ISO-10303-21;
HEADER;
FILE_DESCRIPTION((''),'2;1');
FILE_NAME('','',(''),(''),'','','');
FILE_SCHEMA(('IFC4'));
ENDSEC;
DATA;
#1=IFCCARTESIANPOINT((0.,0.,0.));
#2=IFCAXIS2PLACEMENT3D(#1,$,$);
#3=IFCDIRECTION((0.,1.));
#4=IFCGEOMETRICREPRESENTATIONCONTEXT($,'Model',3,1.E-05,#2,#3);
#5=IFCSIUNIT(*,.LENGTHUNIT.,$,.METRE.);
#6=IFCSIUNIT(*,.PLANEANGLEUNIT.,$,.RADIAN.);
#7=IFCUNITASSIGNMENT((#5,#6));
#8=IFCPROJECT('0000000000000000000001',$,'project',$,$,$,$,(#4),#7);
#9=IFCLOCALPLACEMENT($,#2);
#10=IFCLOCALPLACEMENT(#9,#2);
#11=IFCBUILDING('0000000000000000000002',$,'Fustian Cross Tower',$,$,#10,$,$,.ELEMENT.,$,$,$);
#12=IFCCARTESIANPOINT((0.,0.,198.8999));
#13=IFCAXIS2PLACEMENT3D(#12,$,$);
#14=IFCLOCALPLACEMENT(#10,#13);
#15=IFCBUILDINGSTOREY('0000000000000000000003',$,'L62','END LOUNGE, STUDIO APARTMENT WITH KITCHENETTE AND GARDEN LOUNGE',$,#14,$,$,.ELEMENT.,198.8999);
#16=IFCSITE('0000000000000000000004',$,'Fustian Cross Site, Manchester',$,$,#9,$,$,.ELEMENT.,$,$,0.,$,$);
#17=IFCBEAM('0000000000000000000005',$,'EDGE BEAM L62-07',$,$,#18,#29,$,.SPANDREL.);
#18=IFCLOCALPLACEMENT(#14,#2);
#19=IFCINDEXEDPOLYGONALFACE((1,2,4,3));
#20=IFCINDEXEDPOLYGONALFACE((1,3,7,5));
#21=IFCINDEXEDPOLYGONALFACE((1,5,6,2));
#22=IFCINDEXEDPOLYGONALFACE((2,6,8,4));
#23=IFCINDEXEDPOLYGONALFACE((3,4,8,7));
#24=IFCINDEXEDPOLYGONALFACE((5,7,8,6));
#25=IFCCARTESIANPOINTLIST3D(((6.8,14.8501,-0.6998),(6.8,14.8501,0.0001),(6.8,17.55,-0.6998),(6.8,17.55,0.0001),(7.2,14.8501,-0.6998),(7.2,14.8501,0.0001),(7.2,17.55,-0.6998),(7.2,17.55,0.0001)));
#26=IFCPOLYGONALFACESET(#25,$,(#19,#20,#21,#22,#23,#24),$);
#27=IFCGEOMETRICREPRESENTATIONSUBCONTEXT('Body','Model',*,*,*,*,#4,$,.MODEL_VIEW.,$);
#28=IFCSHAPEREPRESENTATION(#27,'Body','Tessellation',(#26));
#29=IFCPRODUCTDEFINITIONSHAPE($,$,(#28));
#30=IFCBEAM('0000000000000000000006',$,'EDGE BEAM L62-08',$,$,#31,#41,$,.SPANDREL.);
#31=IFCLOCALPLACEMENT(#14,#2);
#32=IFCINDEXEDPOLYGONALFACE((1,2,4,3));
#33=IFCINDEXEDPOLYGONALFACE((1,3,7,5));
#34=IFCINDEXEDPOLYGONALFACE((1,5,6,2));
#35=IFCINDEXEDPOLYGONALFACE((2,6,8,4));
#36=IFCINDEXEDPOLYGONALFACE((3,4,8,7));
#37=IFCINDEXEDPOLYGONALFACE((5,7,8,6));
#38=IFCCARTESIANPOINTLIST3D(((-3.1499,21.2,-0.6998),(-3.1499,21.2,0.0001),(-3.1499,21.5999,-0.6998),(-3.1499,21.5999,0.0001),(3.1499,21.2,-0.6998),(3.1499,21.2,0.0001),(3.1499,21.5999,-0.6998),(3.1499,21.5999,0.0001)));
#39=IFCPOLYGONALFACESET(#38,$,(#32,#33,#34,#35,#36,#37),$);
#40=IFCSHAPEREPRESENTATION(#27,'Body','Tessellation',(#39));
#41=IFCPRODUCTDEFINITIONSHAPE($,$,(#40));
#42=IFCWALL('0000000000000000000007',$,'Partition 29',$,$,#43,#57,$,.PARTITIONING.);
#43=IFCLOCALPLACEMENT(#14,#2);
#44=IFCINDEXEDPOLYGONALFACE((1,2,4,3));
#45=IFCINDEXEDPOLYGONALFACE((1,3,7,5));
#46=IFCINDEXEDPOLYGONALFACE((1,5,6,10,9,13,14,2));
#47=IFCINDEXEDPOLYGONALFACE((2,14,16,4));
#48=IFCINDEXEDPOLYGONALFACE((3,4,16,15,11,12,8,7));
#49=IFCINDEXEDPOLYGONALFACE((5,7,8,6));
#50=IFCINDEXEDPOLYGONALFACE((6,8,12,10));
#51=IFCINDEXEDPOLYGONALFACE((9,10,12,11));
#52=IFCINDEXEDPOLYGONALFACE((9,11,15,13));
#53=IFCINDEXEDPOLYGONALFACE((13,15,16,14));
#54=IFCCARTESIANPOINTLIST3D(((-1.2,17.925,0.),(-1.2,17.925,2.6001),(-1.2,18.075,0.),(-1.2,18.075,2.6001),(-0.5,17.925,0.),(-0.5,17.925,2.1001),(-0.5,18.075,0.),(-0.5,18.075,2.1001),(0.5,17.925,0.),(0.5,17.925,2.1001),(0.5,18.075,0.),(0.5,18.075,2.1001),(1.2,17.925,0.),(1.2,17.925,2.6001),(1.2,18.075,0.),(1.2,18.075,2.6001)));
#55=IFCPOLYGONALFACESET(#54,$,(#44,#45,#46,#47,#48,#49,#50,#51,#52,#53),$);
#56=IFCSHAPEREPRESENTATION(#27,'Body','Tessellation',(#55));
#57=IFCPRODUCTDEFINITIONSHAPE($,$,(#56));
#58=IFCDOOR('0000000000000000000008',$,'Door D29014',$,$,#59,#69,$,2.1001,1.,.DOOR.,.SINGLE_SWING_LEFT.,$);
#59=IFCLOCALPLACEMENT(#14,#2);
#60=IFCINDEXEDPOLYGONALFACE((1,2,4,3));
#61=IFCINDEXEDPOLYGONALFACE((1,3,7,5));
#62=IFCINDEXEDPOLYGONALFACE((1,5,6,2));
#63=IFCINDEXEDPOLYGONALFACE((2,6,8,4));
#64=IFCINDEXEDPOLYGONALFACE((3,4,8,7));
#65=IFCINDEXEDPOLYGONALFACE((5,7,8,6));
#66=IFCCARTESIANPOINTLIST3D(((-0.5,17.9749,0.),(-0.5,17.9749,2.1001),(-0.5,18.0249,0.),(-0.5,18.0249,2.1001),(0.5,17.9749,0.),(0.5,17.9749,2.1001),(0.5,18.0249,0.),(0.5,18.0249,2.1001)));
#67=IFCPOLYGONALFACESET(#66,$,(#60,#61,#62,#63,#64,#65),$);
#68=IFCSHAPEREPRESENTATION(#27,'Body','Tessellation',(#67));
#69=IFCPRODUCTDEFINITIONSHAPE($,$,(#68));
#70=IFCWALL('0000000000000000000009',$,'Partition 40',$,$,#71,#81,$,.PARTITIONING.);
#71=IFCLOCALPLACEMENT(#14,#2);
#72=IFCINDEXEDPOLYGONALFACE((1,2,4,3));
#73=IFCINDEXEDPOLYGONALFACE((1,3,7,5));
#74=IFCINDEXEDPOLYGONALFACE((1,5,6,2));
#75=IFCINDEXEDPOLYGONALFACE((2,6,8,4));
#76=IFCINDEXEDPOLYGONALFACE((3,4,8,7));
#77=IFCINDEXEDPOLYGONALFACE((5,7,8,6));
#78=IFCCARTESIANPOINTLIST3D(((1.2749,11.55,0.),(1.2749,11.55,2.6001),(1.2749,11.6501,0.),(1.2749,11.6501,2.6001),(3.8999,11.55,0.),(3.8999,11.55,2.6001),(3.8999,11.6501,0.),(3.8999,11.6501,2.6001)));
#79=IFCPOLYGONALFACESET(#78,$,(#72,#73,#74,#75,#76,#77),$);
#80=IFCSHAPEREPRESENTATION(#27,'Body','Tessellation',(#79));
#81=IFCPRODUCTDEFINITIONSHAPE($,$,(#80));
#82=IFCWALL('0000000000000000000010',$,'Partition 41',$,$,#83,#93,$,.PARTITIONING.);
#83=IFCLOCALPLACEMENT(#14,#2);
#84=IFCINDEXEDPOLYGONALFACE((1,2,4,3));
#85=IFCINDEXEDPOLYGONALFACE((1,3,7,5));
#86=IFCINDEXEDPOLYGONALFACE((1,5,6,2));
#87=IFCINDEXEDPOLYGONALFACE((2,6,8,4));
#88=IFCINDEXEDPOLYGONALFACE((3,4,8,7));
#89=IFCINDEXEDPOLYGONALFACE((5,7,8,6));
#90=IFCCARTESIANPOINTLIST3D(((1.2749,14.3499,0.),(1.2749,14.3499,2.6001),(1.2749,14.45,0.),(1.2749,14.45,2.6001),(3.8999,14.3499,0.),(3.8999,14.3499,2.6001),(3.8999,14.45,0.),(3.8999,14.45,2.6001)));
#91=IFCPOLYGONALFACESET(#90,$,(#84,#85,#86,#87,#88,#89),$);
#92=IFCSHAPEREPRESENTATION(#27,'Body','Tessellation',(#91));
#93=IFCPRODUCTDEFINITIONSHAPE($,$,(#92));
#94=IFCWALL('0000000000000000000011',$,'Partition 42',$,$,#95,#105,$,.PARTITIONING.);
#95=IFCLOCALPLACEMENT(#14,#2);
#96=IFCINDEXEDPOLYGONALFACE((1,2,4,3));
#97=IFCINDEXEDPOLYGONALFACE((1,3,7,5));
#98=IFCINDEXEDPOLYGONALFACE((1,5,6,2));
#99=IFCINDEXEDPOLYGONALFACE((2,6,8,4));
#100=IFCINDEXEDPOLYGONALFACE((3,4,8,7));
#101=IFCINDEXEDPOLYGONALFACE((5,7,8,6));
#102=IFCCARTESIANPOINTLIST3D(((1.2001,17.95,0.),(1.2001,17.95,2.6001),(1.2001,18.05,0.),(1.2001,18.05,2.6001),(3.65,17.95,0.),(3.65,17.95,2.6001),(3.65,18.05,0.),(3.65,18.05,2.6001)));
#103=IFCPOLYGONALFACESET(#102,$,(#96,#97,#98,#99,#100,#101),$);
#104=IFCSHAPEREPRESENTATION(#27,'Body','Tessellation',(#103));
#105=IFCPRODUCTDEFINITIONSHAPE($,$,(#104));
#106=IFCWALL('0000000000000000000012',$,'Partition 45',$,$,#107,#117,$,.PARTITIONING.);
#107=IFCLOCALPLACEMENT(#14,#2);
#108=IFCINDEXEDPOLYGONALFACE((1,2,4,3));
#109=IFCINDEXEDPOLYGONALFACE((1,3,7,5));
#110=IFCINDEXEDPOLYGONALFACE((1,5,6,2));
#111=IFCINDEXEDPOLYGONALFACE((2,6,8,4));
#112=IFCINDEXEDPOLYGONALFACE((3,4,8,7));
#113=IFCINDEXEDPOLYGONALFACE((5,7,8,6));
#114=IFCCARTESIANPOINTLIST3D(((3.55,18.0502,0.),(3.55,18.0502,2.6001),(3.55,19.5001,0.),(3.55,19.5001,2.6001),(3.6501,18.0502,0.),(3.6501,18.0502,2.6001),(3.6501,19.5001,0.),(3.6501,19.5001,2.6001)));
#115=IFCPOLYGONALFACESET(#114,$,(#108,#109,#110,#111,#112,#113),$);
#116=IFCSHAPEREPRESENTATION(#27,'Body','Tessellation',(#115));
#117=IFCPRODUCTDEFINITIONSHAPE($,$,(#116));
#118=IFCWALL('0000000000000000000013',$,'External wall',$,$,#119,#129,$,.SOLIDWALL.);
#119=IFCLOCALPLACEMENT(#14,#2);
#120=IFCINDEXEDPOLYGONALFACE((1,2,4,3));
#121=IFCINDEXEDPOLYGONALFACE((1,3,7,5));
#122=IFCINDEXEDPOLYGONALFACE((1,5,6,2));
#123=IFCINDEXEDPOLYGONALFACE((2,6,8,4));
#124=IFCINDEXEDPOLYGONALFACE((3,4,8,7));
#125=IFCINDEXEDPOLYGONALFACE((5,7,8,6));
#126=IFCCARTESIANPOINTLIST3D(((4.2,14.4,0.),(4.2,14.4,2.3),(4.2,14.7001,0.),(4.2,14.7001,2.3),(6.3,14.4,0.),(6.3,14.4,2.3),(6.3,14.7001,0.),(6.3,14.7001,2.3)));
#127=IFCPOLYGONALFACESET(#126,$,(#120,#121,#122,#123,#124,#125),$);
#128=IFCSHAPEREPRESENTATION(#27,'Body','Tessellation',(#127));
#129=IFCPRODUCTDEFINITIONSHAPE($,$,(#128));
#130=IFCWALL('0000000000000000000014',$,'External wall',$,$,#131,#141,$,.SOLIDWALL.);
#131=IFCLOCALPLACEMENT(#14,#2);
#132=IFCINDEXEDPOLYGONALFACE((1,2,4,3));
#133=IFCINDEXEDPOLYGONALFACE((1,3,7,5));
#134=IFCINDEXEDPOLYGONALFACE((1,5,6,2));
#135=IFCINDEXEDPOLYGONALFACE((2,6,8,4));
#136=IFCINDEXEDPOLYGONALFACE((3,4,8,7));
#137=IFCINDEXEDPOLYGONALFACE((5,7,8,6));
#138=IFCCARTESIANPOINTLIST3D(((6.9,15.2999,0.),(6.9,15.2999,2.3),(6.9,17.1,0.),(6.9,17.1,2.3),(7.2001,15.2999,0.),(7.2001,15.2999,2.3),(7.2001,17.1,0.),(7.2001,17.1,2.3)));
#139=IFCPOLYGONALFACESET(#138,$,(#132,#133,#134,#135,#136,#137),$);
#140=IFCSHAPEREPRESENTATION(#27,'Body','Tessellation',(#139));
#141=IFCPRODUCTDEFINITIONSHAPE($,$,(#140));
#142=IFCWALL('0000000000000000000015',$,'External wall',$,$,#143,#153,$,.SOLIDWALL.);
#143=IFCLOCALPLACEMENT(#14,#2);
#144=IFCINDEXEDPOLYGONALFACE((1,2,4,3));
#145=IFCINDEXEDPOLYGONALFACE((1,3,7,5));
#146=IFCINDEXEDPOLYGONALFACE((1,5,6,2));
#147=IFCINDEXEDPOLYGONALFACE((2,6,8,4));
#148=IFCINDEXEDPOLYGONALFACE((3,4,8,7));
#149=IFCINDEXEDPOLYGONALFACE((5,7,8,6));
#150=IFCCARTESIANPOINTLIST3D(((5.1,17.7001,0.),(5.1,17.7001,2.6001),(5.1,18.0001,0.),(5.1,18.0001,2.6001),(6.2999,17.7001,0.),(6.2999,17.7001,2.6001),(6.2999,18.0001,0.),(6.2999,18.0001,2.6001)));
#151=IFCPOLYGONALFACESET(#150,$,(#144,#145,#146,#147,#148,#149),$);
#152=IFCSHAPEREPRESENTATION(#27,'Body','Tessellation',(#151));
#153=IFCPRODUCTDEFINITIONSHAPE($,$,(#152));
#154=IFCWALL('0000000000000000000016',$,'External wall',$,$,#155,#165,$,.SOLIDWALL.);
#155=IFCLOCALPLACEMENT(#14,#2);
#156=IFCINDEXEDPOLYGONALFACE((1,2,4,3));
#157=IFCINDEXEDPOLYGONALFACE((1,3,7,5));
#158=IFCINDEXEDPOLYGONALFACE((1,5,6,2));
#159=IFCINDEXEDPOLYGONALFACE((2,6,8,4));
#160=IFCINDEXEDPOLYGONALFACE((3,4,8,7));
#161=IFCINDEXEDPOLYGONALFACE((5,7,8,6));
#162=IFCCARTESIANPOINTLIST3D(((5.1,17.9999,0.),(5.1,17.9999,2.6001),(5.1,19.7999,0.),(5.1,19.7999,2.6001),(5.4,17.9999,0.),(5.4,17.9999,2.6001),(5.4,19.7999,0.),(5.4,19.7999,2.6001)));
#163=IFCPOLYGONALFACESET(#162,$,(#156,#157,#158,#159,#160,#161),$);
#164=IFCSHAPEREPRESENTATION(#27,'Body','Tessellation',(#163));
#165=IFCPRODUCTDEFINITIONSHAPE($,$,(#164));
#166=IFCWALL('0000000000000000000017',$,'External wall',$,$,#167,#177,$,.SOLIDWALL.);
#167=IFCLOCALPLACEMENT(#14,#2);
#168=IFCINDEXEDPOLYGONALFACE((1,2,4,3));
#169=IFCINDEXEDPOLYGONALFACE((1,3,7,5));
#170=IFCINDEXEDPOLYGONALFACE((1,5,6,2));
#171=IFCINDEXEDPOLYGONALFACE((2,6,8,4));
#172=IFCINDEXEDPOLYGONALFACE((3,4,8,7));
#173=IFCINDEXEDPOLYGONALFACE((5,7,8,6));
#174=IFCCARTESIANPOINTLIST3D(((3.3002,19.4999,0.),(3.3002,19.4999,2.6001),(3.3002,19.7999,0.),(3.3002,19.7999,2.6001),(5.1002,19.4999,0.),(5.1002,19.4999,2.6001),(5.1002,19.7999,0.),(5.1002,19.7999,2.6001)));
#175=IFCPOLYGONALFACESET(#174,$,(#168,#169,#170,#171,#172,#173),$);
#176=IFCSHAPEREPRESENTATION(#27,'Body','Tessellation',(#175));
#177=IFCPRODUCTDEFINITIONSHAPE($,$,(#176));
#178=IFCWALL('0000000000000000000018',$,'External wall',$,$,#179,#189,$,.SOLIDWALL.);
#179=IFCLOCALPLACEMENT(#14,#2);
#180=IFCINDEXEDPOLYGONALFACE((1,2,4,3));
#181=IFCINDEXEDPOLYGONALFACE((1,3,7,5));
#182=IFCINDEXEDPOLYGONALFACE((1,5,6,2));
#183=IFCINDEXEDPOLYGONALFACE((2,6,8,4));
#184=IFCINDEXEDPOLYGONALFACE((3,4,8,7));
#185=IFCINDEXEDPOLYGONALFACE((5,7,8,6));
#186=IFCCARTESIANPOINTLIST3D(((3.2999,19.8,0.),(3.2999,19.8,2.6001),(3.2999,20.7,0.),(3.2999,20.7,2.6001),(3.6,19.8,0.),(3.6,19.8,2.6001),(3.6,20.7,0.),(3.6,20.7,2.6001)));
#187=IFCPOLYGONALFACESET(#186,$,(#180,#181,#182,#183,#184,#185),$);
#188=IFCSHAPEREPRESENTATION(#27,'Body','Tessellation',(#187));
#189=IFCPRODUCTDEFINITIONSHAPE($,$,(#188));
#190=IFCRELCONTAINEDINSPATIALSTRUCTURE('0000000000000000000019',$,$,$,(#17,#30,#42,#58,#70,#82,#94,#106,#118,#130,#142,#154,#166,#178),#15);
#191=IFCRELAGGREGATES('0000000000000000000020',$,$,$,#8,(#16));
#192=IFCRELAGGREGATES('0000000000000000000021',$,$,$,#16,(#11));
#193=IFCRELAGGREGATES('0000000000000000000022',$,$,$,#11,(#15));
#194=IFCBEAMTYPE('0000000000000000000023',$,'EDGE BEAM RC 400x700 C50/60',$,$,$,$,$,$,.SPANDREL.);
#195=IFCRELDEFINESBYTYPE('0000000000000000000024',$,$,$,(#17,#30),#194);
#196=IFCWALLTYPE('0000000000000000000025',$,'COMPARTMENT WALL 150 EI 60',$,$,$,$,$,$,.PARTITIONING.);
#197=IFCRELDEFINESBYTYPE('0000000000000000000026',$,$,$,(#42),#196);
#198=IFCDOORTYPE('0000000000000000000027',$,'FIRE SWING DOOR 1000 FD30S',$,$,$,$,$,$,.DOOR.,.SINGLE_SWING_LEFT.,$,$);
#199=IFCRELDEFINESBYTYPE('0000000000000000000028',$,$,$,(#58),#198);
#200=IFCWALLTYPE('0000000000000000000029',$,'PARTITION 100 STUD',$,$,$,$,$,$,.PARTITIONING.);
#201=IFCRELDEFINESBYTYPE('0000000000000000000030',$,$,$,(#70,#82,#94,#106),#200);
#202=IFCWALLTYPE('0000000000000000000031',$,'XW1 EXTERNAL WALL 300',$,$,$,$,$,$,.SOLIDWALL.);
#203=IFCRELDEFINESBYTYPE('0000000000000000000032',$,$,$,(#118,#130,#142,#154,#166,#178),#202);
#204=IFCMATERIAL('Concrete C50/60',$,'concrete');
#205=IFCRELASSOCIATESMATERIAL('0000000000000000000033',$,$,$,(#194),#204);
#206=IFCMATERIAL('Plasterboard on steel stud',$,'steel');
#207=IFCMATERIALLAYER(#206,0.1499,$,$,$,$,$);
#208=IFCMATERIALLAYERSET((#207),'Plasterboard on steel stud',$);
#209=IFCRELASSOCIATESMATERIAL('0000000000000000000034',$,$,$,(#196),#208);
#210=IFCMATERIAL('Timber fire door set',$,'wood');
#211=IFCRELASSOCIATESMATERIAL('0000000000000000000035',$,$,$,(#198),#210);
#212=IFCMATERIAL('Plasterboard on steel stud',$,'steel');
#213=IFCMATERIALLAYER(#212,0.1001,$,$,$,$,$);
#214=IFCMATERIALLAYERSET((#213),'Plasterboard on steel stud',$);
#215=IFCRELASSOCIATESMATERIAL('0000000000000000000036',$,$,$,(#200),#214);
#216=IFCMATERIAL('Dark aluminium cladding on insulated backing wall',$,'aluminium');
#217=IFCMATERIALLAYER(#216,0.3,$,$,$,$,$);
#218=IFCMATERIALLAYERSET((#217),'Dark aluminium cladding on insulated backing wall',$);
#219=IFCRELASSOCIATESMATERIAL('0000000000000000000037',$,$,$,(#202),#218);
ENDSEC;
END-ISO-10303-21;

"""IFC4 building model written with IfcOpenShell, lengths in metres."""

from ifc_helpers import new_model, si_unit, direction, frame, frame_2d, origin, origin_2d, place, context, subcontext, project, spatial, rectangle, extrude, material, layer, layer_set, material_profile, profile_set, type_object, element, fill, save


model = new_model("IFC4")

# Units and contexts
model_context = context("Model", 3, precision=1e-05, world=origin(), true_north=direction((0.0, 1.0)))
body_context = subcontext(model_context, "Body", "Model", "MODEL_VIEW")
ifc_project = project(units=[si_unit("LENGTHUNIT", "METRE"), si_unit("PLANEANGLEUNIT", "RADIAN")], contexts=[model_context])

# Site, building, storey
site_placement = place(None, origin())
site = spatial("IfcSite", under=ifc_project, at=site_placement, Name="Fustian Cross Site, Manchester", CompositionType="ELEMENT", RefElevation=0.0)
building_placement = place(site_placement, origin())
building = spatial("IfcBuilding", under=site, at=building_placement, Name="Fustian Cross Tower", CompositionType="ELEMENT")
storey_placement = place(building_placement, frame((0.0, 0.0, 198.8999)))
storey = spatial("IfcBuildingStorey", under=building, at=storey_placement, Name="L62", Description="END LOUNGE, STUDIO APARTMENT WITH KITCHENETTE AND GARDEN LOUNGE", CompositionType="ELEMENT", Elevation=198.8999)

# Beams
ifc_material_1 = material(Name="Concrete C50/60", Category="concrete")
ifc_material_profile_1 = material_profile(ifc_material_1, rectangle(XDim=0.3999, YDim=0.7, at=origin_2d()), Name="RC 400x700")
ifc_profile_set_1 = profile_set([ifc_material_profile_1], Name="Concrete C50/60")
beam_type = type_object("IfcBeamType", Name="EDGE BEAM RC 400x700 C50/60", PredefinedType="SPANDREL", material=ifc_profile_set_1)
beam_1_placement = place(storey_placement, frame((7.0, 14.8501, -0.3499), z_axis=(0.0, 1.0, 0.0), x_axis=(-1.0, 0.0, 0.0)))
element("IfcBeam", 1, at=beam_1_placement, inside=storey, type_object=beam_type, Name="EDGE BEAM L62-07", PredefinedType="SPANDREL", context=body_context, shape_type="SweptSolid", body=[
    extrude(rectangle(XDim=0.3999, YDim=0.7, at=origin_2d()), origin(), (0.0, 0.0, 1.0), 2.7),
])
beam_2_placement = place(storey_placement, frame((3.1499, 21.3999, -0.3499), z_axis=(-1.0, 0.0, 0.0), x_axis=(0.0, -1.0, 0.0)))
element("IfcBeam", 2, at=beam_2_placement, inside=storey, type_object=beam_type, Name="EDGE BEAM L62-08", PredefinedType="SPANDREL", context=body_context, shape_type="SweptSolid", body=[
    extrude(rectangle(XDim=0.3999, YDim=0.7, at=origin_2d()), origin(), (0.0, 0.0, 1.0), 6.2998),
])

# Wall, opening, door
ifc_material_2 = material(Name="Plasterboard on steel stud", Category="steel")
ifc_layer_1 = layer(ifc_material_2, 0.1499)
ifc_layer_set_1 = layer_set([ifc_layer_1], Name="Plasterboard on steel stud")
wall_type_1 = type_object("IfcWallType", Name="COMPARTMENT WALL 150 EI 60", PredefinedType="PARTITIONING", material=ifc_layer_set_1)
wall_1_placement = place(storey_placement, frame((-1.2, 18.0, 0.0), z_axis=(0.0, 0.0, 1.0), x_axis=(1.0, 0.0, 0.0)))
wall_1 = element("IfcWall", 3, at=wall_1_placement, inside=storey, type_object=wall_type_1, Name="Partition 29", PredefinedType="PARTITIONING", context=body_context, shape_type="SweptSolid", body=[
    extrude(rectangle(XDim=2.3999, YDim=0.1499, at=frame_2d((1.2, 0.0))), origin(), (0.0, 0.0, 1.0), 2.6001),
])
opening_1_placement = place(wall_1_placement, frame((0.7, 0.0, 0.0)))
opening_1 = element("IfcOpeningElement", 4, at=opening_1_placement, cuts=wall_1, PredefinedType="OPENING", context=body_context, shape_type="SweptSolid", body=[
    extrude(rectangle(XDim=1.0, YDim=2.1001, at=frame_2d((0.5, 1.05))), frame((0.0, 0.085, 0.0), z_axis=(0.0, -1.0, 0.0), x_axis=(1.0, 0.0, 0.0)), (0.0, 0.0, 1.0), 0.1699),
])
ifc_material_3 = material(Name="Timber fire door set", Category="wood")
door_type = type_object("IfcDoorType", Name="FIRE SWING DOOR 1000 FD30S", OperationType="SINGLE_SWING_LEFT", PredefinedType="DOOR", material=ifc_material_3)
door_placement = place(opening_1_placement, origin())
door = element("IfcDoor", 5, at=door_placement, inside=storey, type_object=door_type, Name="Door D29014", OperationType="SINGLE_SWING_LEFT", OverallHeight=2.1001, OverallWidth=1.0, PredefinedType="DOOR", context=body_context, shape_type="SweptSolid", body=[
    extrude(rectangle(XDim=1.0, YDim=2.1001, at=frame_2d((0.5, 1.05))), frame((0.0, 0.0249, 0.0), z_axis=(0.0, -1.0, 0.0), x_axis=(1.0, 0.0, 0.0)), (0.0, 0.0, 1.0), 0.05),
])
fill(opening_1, door)

# Walls
ifc_material_4 = material(Name="Plasterboard on steel stud", Category="steel")
ifc_layer_2 = layer(ifc_material_4, 0.1001)
ifc_layer_set_2 = layer_set([ifc_layer_2], Name="Plasterboard on steel stud")
wall_type_2 = type_object("IfcWallType", Name="PARTITION 100 STUD", PredefinedType="PARTITIONING", material=ifc_layer_set_2)
for number, where, z_axis, x_axis, name in (
    (6, (1.2749, 11.6001, 0.0), (0.0, 0.0, 1.0), (1.0, 0.0, 0.0), "Partition 40"),
    (7, (1.2749, 14.3999, 0.0), (0.0, 0.0, 1.0), (1.0, 0.0, 0.0), "Partition 41"),
):
    element("IfcWall", number, at=place(storey_placement, frame(where, z_axis=z_axis, x_axis=x_axis)), inside=storey, type_object=wall_type_2, Name=name, PredefinedType="PARTITIONING", context=body_context, shape_type="SweptSolid", body=[
        extrude(rectangle(XDim=2.625, YDim=0.1001, at=frame_2d((1.3125, 0.0))), origin(), (0.0, 0.0, 1.0), 2.6001),
    ])
wall_2_placement = place(storey_placement, frame((1.2, 18.0, 0.0), z_axis=(0.0, 0.0, 1.0), x_axis=(1.0, 0.0, 0.0)))
element("IfcWall", 8, at=wall_2_placement, inside=storey, type_object=wall_type_2, Name="Partition 42", PredefinedType="PARTITIONING", context=body_context, shape_type="SweptSolid", body=[
    extrude(rectangle(XDim=2.45, YDim=0.1001, at=frame_2d((1.2251, 0.0))), origin(), (0.0, 0.0, 1.0), 2.6001),
])
wall_3_placement = place(storey_placement, frame((3.6001, 18.05, 0.0), z_axis=(0.0, 0.0, 1.0), x_axis=(0.0, 1.0, 0.0)))
element("IfcWall", 9, at=wall_3_placement, inside=storey, type_object=wall_type_2, Name="Partition 45", PredefinedType="PARTITIONING", context=body_context, shape_type="SweptSolid", body=[
    extrude(rectangle(XDim=1.45, YDim=0.1001, at=frame_2d((0.7251, 0.0))), origin(), (0.0, 0.0, 1.0), 2.6001),
])
ifc_material_5 = material(Name="Dark aluminium cladding on insulated backing wall", Category="aluminium")
ifc_layer_3 = layer(ifc_material_5, 0.3)
ifc_layer_set_3 = layer_set([ifc_layer_3], Name="Dark aluminium cladding on insulated backing wall")
wall_type_3 = type_object("IfcWallType", Name="XW1 EXTERNAL WALL 300", PredefinedType="SOLIDWALL", material=ifc_layer_set_3)
wall_4_placement = place(storey_placement, frame((4.2, 14.55, 0.0), z_axis=(0.0, 0.0, 1.0), x_axis=(1.0, 0.0, 0.0)))
element("IfcWall", 10, at=wall_4_placement, inside=storey, type_object=wall_type_3, Name="External wall", PredefinedType="SOLIDWALL", context=body_context, shape_type="SweptSolid", body=[
    extrude(rectangle(XDim=2.1001, YDim=0.3, at=frame_2d((1.05, 0.0))), origin(), (0.0, 0.0, 1.0), 2.3),
])
wall_5_placement = place(storey_placement, frame((7.05, 15.3, 0.0), z_axis=(0.0, 0.0, 1.0), x_axis=(0.0, 1.0, 0.0)))
element("IfcWall", 11, at=wall_5_placement, inside=storey, type_object=wall_type_3, Name="External wall", PredefinedType="SOLIDWALL", context=body_context, shape_type="SweptSolid", body=[
    extrude(rectangle(XDim=1.8, YDim=0.3, at=frame_2d((0.8999, 0.0))), origin(), (0.0, 0.0, 1.0), 2.3),
])
wall_6_placement = place(storey_placement, frame((6.3, 17.8501, 0.0), z_axis=(0.0, 0.0, 1.0), x_axis=(-1.0, 0.0, 0.0)))
element("IfcWall", 12, at=wall_6_placement, inside=storey, type_object=wall_type_3, Name="External wall", PredefinedType="SOLIDWALL", context=body_context, shape_type="SweptSolid", body=[
    extrude(rectangle(XDim=1.2, YDim=0.3, at=frame_2d((0.6001, 0.0))), origin(), (0.0, 0.0, 1.0), 2.6001),
])
for number, where, z_axis, x_axis, name in (
    (13, (5.25, 18.0, 0.0), (0.0, 0.0, 1.0), (0.0, 1.0, 0.0), "External wall"),
    (14, (5.1001, 19.6499, 0.0), (0.0, 0.0, 1.0), (-1.0, 0.0, 0.0), "External wall"),
):
    element("IfcWall", number, at=place(storey_placement, frame(where, z_axis=z_axis, x_axis=x_axis)), inside=storey, type_object=wall_type_3, Name=name, PredefinedType="SOLIDWALL", context=body_context, shape_type="SweptSolid", body=[
        extrude(rectangle(XDim=1.8, YDim=0.3, at=frame_2d((0.8999, 0.0))), origin(), (0.0, 0.0, 1.0), 2.6001),
    ])
wall_7_placement = place(storey_placement, frame((3.45, 19.8, 0.0), z_axis=(0.0, 0.0, 1.0), x_axis=(0.0, 1.0, 0.0)))
element("IfcWall", 15, at=wall_7_placement, inside=storey, type_object=wall_type_3, Name="External wall", PredefinedType="SOLIDWALL", context=body_context, shape_type="SweptSolid", body=[
    extrude(rectangle(XDim=0.8999, YDim=0.3, at=frame_2d((0.45, 0.0))), origin(), (0.0, 0.0, 1.0), 2.6001),
])

save(model, "model.ifc")
